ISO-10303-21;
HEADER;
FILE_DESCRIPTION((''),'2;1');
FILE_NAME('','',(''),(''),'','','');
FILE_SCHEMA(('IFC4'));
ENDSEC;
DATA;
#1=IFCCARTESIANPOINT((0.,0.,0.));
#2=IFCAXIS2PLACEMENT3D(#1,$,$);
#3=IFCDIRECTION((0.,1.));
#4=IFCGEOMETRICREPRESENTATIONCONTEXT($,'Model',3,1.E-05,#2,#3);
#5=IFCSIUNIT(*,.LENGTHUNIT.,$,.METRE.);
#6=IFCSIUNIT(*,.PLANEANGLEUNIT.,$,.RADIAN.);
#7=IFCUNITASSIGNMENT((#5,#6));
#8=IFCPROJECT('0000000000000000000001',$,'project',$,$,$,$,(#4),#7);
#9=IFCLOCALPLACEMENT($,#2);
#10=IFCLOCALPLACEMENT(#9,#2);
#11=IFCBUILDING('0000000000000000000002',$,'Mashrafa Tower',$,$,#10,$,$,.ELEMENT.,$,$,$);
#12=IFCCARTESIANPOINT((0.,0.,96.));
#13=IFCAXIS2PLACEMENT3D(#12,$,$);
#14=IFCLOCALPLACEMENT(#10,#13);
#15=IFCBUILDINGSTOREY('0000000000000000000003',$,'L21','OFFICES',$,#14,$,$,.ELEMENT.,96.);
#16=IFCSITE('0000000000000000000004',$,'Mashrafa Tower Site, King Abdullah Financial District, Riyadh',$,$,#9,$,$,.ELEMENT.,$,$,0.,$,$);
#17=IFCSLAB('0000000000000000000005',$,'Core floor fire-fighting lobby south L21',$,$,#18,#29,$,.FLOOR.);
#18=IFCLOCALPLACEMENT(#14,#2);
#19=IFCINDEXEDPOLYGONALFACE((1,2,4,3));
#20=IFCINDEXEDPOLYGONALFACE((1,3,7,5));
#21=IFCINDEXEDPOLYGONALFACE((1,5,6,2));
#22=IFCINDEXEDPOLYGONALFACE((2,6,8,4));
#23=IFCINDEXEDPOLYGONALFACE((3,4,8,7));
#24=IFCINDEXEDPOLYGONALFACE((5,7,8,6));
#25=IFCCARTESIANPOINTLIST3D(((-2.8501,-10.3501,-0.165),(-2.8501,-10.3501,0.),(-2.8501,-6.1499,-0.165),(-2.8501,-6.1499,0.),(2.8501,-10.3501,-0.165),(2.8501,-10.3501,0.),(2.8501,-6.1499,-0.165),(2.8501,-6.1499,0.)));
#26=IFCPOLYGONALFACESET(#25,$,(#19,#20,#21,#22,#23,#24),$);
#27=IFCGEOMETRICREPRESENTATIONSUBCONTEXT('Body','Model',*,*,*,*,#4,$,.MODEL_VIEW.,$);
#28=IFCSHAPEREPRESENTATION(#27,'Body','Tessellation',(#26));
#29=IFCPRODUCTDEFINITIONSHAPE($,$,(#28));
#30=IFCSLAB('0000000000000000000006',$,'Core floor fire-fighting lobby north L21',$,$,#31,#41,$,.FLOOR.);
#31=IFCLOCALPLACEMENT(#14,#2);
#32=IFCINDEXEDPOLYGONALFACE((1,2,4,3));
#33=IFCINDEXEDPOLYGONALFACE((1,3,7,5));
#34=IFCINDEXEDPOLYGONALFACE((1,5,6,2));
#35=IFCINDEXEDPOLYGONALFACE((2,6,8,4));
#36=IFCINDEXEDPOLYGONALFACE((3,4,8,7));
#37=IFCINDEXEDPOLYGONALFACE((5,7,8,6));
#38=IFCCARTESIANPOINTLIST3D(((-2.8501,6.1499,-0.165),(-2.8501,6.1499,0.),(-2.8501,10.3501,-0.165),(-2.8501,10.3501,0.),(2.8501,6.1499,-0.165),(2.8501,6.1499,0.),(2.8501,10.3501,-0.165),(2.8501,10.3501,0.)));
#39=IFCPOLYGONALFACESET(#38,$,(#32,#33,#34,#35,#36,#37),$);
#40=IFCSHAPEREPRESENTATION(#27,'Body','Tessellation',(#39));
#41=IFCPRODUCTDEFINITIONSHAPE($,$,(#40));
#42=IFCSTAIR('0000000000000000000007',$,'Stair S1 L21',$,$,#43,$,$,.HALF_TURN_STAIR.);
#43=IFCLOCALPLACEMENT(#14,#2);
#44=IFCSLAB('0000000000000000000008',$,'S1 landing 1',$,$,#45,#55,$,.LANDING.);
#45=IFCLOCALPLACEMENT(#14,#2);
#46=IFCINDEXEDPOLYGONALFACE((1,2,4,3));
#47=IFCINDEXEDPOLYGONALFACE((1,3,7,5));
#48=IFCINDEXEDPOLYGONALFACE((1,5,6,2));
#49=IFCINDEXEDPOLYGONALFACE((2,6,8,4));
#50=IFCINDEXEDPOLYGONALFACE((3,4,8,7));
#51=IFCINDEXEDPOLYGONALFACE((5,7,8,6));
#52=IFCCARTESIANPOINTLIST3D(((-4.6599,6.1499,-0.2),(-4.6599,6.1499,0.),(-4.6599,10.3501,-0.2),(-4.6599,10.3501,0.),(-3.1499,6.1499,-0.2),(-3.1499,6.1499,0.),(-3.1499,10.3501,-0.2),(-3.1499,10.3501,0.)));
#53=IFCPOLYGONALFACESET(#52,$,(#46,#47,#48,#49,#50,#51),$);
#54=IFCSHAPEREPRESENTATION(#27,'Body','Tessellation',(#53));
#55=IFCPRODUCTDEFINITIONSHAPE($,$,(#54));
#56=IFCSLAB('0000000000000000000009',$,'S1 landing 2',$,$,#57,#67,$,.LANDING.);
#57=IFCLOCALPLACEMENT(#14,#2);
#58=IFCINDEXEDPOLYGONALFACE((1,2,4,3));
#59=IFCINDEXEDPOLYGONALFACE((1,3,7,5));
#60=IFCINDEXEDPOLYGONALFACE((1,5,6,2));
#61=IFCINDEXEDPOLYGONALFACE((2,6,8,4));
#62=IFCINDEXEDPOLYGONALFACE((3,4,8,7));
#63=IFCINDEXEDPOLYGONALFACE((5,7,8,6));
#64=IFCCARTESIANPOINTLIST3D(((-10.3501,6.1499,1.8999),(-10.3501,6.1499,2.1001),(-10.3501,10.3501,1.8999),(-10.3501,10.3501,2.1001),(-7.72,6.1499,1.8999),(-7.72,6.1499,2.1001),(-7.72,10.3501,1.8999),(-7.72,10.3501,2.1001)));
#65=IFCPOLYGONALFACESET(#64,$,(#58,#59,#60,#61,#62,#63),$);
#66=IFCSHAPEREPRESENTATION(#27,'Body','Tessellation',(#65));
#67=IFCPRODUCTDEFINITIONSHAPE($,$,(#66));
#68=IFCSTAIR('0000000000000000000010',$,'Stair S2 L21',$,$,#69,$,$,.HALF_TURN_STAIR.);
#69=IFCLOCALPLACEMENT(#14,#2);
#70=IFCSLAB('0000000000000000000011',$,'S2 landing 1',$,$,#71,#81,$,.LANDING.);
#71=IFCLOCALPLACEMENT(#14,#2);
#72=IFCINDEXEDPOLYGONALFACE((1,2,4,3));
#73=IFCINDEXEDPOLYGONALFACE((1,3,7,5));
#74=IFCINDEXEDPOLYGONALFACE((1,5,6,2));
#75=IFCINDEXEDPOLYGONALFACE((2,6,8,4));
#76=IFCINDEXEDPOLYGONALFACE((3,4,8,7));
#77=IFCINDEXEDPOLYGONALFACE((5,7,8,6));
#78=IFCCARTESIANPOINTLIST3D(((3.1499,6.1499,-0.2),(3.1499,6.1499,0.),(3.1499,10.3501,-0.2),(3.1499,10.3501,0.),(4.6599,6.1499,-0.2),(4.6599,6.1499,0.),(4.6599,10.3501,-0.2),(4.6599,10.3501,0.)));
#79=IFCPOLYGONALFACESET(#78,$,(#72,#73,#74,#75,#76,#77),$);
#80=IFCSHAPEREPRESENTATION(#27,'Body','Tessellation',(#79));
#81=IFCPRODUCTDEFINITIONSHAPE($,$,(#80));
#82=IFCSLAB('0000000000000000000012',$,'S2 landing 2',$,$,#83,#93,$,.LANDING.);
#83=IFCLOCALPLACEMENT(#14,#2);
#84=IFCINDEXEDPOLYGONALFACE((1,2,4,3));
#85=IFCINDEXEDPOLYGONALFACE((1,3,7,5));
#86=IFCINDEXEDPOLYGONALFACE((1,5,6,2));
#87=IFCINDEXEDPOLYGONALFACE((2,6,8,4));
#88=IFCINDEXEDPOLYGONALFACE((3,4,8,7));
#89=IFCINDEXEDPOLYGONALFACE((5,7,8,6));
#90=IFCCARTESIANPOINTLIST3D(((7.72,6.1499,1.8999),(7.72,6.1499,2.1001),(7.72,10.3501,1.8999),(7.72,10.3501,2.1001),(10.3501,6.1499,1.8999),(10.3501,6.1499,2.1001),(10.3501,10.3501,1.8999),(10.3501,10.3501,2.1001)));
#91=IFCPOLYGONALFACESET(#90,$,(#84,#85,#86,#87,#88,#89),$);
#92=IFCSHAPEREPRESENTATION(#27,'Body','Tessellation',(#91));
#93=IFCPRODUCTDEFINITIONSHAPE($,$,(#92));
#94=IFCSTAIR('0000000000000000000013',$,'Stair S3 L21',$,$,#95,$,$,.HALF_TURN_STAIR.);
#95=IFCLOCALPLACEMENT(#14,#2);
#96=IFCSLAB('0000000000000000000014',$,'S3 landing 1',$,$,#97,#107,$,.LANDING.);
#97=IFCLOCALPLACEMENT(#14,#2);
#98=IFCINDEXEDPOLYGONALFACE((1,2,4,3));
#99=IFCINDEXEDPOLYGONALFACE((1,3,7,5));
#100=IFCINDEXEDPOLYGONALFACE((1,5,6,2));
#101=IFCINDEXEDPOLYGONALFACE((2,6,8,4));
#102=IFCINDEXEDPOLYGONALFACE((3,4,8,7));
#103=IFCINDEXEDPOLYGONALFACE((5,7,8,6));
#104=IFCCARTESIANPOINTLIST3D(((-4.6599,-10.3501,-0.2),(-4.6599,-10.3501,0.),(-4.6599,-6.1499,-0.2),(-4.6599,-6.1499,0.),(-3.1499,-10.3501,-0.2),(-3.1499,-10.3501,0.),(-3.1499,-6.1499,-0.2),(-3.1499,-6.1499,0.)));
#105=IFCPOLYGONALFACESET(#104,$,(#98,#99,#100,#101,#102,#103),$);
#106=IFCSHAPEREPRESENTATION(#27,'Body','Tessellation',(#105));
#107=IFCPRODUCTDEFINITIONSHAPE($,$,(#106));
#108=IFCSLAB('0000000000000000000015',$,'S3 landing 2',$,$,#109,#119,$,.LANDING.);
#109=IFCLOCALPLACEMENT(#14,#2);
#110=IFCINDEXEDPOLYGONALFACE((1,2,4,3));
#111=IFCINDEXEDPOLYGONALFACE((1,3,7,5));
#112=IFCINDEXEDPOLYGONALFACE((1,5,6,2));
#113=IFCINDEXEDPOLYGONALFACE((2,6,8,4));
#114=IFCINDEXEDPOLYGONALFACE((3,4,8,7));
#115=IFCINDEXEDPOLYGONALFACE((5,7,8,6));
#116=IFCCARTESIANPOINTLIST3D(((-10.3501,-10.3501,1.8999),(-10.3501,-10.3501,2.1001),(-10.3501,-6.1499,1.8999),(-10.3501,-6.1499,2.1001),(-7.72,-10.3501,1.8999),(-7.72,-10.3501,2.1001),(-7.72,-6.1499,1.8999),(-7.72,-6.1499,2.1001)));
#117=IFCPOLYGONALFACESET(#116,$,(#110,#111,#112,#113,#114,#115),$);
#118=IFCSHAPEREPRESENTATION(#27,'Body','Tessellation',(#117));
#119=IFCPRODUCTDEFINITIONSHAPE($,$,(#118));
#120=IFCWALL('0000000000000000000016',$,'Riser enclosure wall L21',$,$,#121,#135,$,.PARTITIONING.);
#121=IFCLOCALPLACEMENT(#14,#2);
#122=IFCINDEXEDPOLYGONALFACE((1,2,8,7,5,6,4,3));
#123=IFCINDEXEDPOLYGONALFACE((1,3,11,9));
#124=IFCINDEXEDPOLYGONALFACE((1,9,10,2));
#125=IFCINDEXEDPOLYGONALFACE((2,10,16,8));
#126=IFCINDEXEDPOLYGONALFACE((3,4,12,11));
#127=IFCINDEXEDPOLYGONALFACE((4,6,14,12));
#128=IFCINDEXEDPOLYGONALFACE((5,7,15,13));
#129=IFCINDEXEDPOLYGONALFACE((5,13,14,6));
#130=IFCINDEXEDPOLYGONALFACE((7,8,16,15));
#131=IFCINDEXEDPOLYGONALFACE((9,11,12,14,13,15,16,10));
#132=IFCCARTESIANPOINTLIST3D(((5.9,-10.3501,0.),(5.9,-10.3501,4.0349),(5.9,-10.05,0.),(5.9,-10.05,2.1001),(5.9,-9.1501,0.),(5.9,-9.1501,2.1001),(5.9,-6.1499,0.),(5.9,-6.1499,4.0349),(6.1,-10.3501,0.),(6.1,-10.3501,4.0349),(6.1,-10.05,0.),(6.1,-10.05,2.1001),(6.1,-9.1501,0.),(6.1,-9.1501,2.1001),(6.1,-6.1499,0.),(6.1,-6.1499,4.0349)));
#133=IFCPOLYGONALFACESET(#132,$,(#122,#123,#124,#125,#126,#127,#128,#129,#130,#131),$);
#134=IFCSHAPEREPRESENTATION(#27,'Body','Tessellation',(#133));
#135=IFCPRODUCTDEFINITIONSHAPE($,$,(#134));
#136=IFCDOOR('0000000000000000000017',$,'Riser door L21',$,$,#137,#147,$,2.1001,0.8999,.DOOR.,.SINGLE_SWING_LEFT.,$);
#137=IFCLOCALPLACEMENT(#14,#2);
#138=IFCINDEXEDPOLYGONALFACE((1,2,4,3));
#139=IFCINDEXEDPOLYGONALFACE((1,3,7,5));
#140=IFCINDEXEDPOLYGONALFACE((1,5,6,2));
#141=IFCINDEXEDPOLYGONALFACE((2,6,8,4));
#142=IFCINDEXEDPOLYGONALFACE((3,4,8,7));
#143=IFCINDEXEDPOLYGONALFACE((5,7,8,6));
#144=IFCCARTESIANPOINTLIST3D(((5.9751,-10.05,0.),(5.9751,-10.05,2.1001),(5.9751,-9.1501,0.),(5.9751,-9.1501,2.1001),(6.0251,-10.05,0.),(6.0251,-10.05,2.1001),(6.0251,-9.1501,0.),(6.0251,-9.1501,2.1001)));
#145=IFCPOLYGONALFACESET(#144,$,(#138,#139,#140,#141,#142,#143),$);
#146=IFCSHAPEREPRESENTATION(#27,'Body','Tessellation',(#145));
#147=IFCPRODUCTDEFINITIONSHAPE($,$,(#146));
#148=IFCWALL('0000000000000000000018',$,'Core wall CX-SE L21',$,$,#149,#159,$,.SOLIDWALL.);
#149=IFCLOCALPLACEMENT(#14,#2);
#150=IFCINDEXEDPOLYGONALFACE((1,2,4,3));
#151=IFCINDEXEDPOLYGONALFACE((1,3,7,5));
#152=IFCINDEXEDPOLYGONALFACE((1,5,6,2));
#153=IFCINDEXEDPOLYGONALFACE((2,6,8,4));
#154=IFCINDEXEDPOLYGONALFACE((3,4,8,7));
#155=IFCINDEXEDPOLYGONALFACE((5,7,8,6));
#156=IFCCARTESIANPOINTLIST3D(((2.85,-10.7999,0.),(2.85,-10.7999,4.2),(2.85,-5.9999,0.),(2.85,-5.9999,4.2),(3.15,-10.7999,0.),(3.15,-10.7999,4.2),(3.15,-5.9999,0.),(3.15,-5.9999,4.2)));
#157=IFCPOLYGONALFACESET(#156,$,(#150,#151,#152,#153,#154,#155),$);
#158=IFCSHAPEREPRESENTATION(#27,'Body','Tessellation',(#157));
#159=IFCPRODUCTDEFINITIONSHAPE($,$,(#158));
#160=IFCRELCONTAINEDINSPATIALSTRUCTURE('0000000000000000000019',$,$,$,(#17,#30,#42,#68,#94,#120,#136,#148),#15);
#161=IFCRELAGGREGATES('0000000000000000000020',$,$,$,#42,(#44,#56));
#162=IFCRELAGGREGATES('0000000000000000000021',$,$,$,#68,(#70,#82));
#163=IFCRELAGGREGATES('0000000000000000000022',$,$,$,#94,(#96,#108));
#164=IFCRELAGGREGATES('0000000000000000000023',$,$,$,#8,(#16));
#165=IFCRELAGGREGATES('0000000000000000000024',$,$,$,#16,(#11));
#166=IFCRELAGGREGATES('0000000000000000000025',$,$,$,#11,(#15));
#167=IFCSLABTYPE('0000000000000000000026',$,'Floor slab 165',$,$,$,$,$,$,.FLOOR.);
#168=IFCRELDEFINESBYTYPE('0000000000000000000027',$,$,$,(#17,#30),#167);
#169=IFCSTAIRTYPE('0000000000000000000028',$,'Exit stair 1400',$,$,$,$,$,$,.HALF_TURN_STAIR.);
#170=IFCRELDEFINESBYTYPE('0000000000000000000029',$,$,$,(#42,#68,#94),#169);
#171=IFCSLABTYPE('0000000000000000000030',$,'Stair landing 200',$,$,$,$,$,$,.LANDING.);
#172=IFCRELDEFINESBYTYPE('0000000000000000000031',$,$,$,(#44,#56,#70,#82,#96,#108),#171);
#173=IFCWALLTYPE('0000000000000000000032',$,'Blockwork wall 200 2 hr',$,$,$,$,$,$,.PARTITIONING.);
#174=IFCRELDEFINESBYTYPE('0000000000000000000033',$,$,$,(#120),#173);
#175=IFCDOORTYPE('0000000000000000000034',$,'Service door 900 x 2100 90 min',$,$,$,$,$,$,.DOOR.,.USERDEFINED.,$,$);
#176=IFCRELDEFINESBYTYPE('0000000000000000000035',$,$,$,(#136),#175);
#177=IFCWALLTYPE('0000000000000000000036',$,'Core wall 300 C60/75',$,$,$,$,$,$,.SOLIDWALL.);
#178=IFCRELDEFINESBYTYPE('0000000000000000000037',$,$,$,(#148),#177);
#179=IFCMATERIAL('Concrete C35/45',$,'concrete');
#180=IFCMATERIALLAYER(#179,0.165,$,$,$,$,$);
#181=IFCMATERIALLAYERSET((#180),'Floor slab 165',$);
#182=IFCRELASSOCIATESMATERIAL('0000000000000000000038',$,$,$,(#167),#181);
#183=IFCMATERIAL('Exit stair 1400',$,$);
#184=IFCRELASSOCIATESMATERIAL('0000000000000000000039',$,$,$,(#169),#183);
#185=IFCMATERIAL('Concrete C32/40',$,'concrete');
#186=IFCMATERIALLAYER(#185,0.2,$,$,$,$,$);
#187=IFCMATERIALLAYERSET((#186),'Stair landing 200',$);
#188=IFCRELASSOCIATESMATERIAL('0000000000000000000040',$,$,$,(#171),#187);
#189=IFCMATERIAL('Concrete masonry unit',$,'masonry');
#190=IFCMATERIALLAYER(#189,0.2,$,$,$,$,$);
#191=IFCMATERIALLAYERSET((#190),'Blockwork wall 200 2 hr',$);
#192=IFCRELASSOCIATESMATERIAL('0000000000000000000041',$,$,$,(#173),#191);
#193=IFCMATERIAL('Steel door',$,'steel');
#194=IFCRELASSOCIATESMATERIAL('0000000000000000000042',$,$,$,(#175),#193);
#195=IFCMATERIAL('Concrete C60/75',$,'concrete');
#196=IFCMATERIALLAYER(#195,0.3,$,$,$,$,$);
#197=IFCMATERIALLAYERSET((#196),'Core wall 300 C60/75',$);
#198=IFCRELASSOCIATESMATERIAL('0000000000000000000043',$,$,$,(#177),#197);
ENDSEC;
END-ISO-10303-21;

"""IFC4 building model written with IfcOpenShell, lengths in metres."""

from ifc_helpers import new_model, si_unit, direction, frame, frame_2d, origin, place, context, subcontext, project, spatial, polyline, rectangle, outline, extrude, material, layer, layer_set, type_object, element, fill, aggregate, save


model = new_model("IFC4")

# Units and contexts
model_context = context("Model", 3, precision=1e-05, world=origin(), true_north=direction((0.0, 1.0)))
body_context = subcontext(model_context, "Body", "Model", "MODEL_VIEW")
ifc_project = project(units=[si_unit("LENGTHUNIT", "METRE"), si_unit("PLANEANGLEUNIT", "RADIAN")], contexts=[model_context])

# Site, building, storey
site_placement = place(None, origin())
site = spatial("IfcSite", under=ifc_project, at=site_placement, Name="Mashrafa Tower Site, King Abdullah Financial District, Riyadh", CompositionType="ELEMENT", RefElevation=0.0)
building_placement = place(site_placement, origin())
building = spatial("IfcBuilding", under=site, at=building_placement, Name="Mashrafa Tower", CompositionType="ELEMENT")
storey_placement = place(building_placement, frame((0.0, 0.0, 96.0)))
storey = spatial("IfcBuildingStorey", under=building, at=storey_placement, Name="L21", Description="OFFICES", CompositionType="ELEMENT", Elevation=96.0)

# Slabs
ifc_material_1 = material(Name="Concrete C35/45", Category="concrete")
ifc_layer_1 = layer(ifc_material_1, 0.165)
ifc_layer_set_1 = layer_set([ifc_layer_1], Name="Floor slab 165")
slab_type_1 = type_object("IfcSlabType", Name="Floor slab 165", PredefinedType="FLOOR", material=ifc_layer_set_1)
slab_1_placement = place(storey_placement, frame((0.0, 0.0, -0.165)))
element("IfcSlab", 1, at=slab_1_placement, inside=storey, type_object=slab_type_1, Name="Core floor fire-fighting lobby south L21", PredefinedType="FLOOR", context=body_context, shape_type="SweptSolid", body=[
    extrude(outline(polyline([(2.8501, -6.1499), (2.8501, -10.3501), (-2.8501, -10.3501), (-2.8501, -6.1499), (2.8501, -6.1499)])), origin(), (0.0, 0.0, 1.0), 0.165),
])
slab_2_placement = place(storey_placement, frame((0.0, 0.0, -0.165)))
element("IfcSlab", 2, at=slab_2_placement, inside=storey, type_object=slab_type_1, Name="Core floor fire-fighting lobby north L21", PredefinedType="FLOOR", context=body_context, shape_type="SweptSolid", body=[
    extrude(outline(polyline([(-2.8501, 10.3501), (2.8501, 10.3501), (2.8501, 6.1499), (-2.8501, 6.1499), (-2.8501, 10.3501)])), origin(), (0.0, 0.0, 1.0), 0.165),
])

# Stairs, slabs
ifc_material_2 = material(Name="Exit stair 1400")
stair_type = type_object("IfcStairType", Name="Exit stair 1400", PredefinedType="HALF_TURN_STAIR", material=ifc_material_2)
stair_1_placement = place(storey_placement, origin())
stair_1 = element("IfcStair", 3, at=stair_1_placement, inside=storey, type_object=stair_type, Name="Stair S1 L21", PredefinedType="HALF_TURN_STAIR")
ifc_material_3 = material(Name="Concrete C32/40", Category="concrete")
ifc_layer_2 = layer(ifc_material_3, 0.2)
ifc_layer_set_2 = layer_set([ifc_layer_2], Name="Stair landing 200")
slab_type_2 = type_object("IfcSlabType", Name="Stair landing 200", PredefinedType="LANDING", material=ifc_layer_set_2)
slab_3_placement = place(storey_placement, frame((0.0, 0.0, -0.2)))
slab_3 = element("IfcSlab", 4, at=slab_3_placement, type_object=slab_type_2, Name="S1 landing 1", PredefinedType="LANDING", context=body_context, shape_type="SweptSolid", body=[
    extrude(outline(polyline([(-4.6599, 6.1499), (-3.1499, 6.1499), (-3.1499, 10.3501), (-4.6599, 10.3501), (-4.6599, 6.1499)])), origin(), (0.0, 0.0, 1.0), 0.2),
])
slab_4_placement = place(storey_placement, frame((0.0, 0.0, 1.8999)))
slab_4 = element("IfcSlab", 5, at=slab_4_placement, type_object=slab_type_2, Name="S1 landing 2", PredefinedType="LANDING", context=body_context, shape_type="SweptSolid", body=[
    extrude(outline(polyline([(-10.3501, 6.1499), (-7.72, 6.1499), (-7.72, 10.3501), (-10.3501, 10.3501), (-10.3501, 6.1499)])), origin(), (0.0, 0.0, 1.0), 0.2002),
])
aggregate(stair_1, [slab_3, slab_4])
stair_2_placement = place(storey_placement, origin())
stair_2 = element("IfcStair", 6, at=stair_2_placement, inside=storey, type_object=stair_type, Name="Stair S2 L21", PredefinedType="HALF_TURN_STAIR")
slab_5_placement = place(storey_placement, frame((0.0, 0.0, -0.2)))
slab_5 = element("IfcSlab", 7, at=slab_5_placement, type_object=slab_type_2, Name="S2 landing 1", PredefinedType="LANDING", context=body_context, shape_type="SweptSolid", body=[
    extrude(outline(polyline([(3.1499, 6.1499), (4.6599, 6.1499), (4.6599, 10.3501), (3.1499, 10.3501), (3.1499, 6.1499)])), origin(), (0.0, 0.0, 1.0), 0.2),
])
slab_6_placement = place(storey_placement, frame((0.0, 0.0, 1.8999)))
slab_6 = element("IfcSlab", 8, at=slab_6_placement, type_object=slab_type_2, Name="S2 landing 2", PredefinedType="LANDING", context=body_context, shape_type="SweptSolid", body=[
    extrude(outline(polyline([(7.72, 6.1499), (10.3501, 6.1499), (10.3501, 10.3501), (7.72, 10.3501), (7.72, 6.1499)])), origin(), (0.0, 0.0, 1.0), 0.2002),
])
aggregate(stair_2, [slab_5, slab_6])
stair_3_placement = place(storey_placement, origin())
stair_3 = element("IfcStair", 9, at=stair_3_placement, inside=storey, type_object=stair_type, Name="Stair S3 L21", PredefinedType="HALF_TURN_STAIR")
slab_7_placement = place(storey_placement, frame((0.0, 0.0, -0.2)))
slab_7 = element("IfcSlab", 10, at=slab_7_placement, type_object=slab_type_2, Name="S3 landing 1", PredefinedType="LANDING", context=body_context, shape_type="SweptSolid", body=[
    extrude(outline(polyline([(-4.6599, -10.3501), (-3.1499, -10.3501), (-3.1499, -6.1499), (-4.6599, -6.1499), (-4.6599, -10.3501)])), origin(), (0.0, 0.0, 1.0), 0.2),
])
slab_8_placement = place(storey_placement, frame((0.0, 0.0, 1.8999)))
slab_8 = element("IfcSlab", 11, at=slab_8_placement, type_object=slab_type_2, Name="S3 landing 2", PredefinedType="LANDING", context=body_context, shape_type="SweptSolid", body=[
    extrude(outline(polyline([(-10.3501, -10.3501), (-7.72, -10.3501), (-7.72, -6.1499), (-10.3501, -6.1499), (-10.3501, -10.3501)])), origin(), (0.0, 0.0, 1.0), 0.2002),
])
aggregate(stair_3, [slab_7, slab_8])

# Wall, opening, door
ifc_material_4 = material(Name="Concrete masonry unit", Category="masonry")
ifc_layer_3 = layer(ifc_material_4, 0.2)
ifc_layer_set_3 = layer_set([ifc_layer_3], Name="Blockwork wall 200 2 hr")
wall_type_1 = type_object("IfcWallType", Name="Blockwork wall 200 2 hr", PredefinedType="PARTITIONING", material=ifc_layer_set_3)
wall_1_placement = place(storey_placement, frame((6.0, -10.3501, 0.0), z_axis=(0.0, 0.0, 1.0), x_axis=(0.0, 1.0, 0.0)))
wall_1 = element("IfcWall", 12, at=wall_1_placement, inside=storey, type_object=wall_type_1, Name="Riser enclosure wall L21", PredefinedType="PARTITIONING", context=body_context, shape_type="SweptSolid", body=[
    extrude(rectangle(XDim=4.2002, YDim=0.2, at=frame_2d((2.1001, 0.0))), origin(), (0.0, 0.0, 1.0), 4.0349),
])
opening_1_placement = place(wall_1_placement, frame((0.3, 0.0, 0.0)))
opening_1 = element("IfcOpeningElement", 13, at=opening_1_placement, cuts=wall_1, PredefinedType="OPENING", context=body_context, shape_type="SweptSolid", body=[
    extrude(rectangle(XDim=0.8999, YDim=2.1001, at=frame_2d((0.45, 1.05))), frame((0.0, 0.1099, 0.0), z_axis=(0.0, -1.0, 0.0), x_axis=(1.0, 0.0, 0.0)), (0.0, 0.0, 1.0), 0.22),
])
ifc_material_5 = material(Name="Steel door", Category="steel")
door_type_1 = type_object("IfcDoorType", Name="Service door 900 x 2100 90 min", OperationType="USERDEFINED", PredefinedType="DOOR", material=ifc_material_5)
door_1_placement = place(opening_1_placement, origin())
door_1 = element("IfcDoor", 14, at=door_1_placement, inside=storey, type_object=door_type_1, Name="Riser door L21", OperationType="SINGLE_SWING_LEFT", OverallHeight=2.1001, OverallWidth=0.8999, PredefinedType="DOOR", context=body_context, shape_type="SweptSolid", body=[
    extrude(rectangle(XDim=0.8999, YDim=2.1001, at=frame_2d((0.45, 1.05))), frame((0.0, 0.0249, 0.0), z_axis=(0.0, -1.0, 0.0), x_axis=(1.0, 0.0, 0.0)), (0.0, 0.0, 1.0), 0.05),
])
fill(opening_1, door_1)

# Wall
ifc_material_6 = material(Name="Concrete C60/75", Category="concrete")
ifc_layer_4 = layer(ifc_material_6, 0.3)
ifc_layer_set_4 = layer_set([ifc_layer_4], Name="Core wall 300 C60/75")
wall_type_2 = type_object("IfcWallType", Name="Core wall 300 C60/75", PredefinedType="SOLIDWALL", material=ifc_layer_set_4)
wall_2_placement = place(storey_placement, frame((3.0, -6.0, 0.0), z_axis=(0.0, 0.0, 1.0), x_axis=(0.0, -1.0, 0.0)))
element("IfcWall", 15, at=wall_2_placement, inside=storey, type_object=wall_type_2, Name="Core wall CX-SE L21", PredefinedType="SOLIDWALL", context=body_context, shape_type="SweptSolid", body=[
    extrude(rectangle(XDim=4.8, YDim=0.3, at=frame_2d((2.3999, 0.0))), origin(), (0.0, 0.0, 1.0), 4.2),
])

save(model, "model.ifc")
